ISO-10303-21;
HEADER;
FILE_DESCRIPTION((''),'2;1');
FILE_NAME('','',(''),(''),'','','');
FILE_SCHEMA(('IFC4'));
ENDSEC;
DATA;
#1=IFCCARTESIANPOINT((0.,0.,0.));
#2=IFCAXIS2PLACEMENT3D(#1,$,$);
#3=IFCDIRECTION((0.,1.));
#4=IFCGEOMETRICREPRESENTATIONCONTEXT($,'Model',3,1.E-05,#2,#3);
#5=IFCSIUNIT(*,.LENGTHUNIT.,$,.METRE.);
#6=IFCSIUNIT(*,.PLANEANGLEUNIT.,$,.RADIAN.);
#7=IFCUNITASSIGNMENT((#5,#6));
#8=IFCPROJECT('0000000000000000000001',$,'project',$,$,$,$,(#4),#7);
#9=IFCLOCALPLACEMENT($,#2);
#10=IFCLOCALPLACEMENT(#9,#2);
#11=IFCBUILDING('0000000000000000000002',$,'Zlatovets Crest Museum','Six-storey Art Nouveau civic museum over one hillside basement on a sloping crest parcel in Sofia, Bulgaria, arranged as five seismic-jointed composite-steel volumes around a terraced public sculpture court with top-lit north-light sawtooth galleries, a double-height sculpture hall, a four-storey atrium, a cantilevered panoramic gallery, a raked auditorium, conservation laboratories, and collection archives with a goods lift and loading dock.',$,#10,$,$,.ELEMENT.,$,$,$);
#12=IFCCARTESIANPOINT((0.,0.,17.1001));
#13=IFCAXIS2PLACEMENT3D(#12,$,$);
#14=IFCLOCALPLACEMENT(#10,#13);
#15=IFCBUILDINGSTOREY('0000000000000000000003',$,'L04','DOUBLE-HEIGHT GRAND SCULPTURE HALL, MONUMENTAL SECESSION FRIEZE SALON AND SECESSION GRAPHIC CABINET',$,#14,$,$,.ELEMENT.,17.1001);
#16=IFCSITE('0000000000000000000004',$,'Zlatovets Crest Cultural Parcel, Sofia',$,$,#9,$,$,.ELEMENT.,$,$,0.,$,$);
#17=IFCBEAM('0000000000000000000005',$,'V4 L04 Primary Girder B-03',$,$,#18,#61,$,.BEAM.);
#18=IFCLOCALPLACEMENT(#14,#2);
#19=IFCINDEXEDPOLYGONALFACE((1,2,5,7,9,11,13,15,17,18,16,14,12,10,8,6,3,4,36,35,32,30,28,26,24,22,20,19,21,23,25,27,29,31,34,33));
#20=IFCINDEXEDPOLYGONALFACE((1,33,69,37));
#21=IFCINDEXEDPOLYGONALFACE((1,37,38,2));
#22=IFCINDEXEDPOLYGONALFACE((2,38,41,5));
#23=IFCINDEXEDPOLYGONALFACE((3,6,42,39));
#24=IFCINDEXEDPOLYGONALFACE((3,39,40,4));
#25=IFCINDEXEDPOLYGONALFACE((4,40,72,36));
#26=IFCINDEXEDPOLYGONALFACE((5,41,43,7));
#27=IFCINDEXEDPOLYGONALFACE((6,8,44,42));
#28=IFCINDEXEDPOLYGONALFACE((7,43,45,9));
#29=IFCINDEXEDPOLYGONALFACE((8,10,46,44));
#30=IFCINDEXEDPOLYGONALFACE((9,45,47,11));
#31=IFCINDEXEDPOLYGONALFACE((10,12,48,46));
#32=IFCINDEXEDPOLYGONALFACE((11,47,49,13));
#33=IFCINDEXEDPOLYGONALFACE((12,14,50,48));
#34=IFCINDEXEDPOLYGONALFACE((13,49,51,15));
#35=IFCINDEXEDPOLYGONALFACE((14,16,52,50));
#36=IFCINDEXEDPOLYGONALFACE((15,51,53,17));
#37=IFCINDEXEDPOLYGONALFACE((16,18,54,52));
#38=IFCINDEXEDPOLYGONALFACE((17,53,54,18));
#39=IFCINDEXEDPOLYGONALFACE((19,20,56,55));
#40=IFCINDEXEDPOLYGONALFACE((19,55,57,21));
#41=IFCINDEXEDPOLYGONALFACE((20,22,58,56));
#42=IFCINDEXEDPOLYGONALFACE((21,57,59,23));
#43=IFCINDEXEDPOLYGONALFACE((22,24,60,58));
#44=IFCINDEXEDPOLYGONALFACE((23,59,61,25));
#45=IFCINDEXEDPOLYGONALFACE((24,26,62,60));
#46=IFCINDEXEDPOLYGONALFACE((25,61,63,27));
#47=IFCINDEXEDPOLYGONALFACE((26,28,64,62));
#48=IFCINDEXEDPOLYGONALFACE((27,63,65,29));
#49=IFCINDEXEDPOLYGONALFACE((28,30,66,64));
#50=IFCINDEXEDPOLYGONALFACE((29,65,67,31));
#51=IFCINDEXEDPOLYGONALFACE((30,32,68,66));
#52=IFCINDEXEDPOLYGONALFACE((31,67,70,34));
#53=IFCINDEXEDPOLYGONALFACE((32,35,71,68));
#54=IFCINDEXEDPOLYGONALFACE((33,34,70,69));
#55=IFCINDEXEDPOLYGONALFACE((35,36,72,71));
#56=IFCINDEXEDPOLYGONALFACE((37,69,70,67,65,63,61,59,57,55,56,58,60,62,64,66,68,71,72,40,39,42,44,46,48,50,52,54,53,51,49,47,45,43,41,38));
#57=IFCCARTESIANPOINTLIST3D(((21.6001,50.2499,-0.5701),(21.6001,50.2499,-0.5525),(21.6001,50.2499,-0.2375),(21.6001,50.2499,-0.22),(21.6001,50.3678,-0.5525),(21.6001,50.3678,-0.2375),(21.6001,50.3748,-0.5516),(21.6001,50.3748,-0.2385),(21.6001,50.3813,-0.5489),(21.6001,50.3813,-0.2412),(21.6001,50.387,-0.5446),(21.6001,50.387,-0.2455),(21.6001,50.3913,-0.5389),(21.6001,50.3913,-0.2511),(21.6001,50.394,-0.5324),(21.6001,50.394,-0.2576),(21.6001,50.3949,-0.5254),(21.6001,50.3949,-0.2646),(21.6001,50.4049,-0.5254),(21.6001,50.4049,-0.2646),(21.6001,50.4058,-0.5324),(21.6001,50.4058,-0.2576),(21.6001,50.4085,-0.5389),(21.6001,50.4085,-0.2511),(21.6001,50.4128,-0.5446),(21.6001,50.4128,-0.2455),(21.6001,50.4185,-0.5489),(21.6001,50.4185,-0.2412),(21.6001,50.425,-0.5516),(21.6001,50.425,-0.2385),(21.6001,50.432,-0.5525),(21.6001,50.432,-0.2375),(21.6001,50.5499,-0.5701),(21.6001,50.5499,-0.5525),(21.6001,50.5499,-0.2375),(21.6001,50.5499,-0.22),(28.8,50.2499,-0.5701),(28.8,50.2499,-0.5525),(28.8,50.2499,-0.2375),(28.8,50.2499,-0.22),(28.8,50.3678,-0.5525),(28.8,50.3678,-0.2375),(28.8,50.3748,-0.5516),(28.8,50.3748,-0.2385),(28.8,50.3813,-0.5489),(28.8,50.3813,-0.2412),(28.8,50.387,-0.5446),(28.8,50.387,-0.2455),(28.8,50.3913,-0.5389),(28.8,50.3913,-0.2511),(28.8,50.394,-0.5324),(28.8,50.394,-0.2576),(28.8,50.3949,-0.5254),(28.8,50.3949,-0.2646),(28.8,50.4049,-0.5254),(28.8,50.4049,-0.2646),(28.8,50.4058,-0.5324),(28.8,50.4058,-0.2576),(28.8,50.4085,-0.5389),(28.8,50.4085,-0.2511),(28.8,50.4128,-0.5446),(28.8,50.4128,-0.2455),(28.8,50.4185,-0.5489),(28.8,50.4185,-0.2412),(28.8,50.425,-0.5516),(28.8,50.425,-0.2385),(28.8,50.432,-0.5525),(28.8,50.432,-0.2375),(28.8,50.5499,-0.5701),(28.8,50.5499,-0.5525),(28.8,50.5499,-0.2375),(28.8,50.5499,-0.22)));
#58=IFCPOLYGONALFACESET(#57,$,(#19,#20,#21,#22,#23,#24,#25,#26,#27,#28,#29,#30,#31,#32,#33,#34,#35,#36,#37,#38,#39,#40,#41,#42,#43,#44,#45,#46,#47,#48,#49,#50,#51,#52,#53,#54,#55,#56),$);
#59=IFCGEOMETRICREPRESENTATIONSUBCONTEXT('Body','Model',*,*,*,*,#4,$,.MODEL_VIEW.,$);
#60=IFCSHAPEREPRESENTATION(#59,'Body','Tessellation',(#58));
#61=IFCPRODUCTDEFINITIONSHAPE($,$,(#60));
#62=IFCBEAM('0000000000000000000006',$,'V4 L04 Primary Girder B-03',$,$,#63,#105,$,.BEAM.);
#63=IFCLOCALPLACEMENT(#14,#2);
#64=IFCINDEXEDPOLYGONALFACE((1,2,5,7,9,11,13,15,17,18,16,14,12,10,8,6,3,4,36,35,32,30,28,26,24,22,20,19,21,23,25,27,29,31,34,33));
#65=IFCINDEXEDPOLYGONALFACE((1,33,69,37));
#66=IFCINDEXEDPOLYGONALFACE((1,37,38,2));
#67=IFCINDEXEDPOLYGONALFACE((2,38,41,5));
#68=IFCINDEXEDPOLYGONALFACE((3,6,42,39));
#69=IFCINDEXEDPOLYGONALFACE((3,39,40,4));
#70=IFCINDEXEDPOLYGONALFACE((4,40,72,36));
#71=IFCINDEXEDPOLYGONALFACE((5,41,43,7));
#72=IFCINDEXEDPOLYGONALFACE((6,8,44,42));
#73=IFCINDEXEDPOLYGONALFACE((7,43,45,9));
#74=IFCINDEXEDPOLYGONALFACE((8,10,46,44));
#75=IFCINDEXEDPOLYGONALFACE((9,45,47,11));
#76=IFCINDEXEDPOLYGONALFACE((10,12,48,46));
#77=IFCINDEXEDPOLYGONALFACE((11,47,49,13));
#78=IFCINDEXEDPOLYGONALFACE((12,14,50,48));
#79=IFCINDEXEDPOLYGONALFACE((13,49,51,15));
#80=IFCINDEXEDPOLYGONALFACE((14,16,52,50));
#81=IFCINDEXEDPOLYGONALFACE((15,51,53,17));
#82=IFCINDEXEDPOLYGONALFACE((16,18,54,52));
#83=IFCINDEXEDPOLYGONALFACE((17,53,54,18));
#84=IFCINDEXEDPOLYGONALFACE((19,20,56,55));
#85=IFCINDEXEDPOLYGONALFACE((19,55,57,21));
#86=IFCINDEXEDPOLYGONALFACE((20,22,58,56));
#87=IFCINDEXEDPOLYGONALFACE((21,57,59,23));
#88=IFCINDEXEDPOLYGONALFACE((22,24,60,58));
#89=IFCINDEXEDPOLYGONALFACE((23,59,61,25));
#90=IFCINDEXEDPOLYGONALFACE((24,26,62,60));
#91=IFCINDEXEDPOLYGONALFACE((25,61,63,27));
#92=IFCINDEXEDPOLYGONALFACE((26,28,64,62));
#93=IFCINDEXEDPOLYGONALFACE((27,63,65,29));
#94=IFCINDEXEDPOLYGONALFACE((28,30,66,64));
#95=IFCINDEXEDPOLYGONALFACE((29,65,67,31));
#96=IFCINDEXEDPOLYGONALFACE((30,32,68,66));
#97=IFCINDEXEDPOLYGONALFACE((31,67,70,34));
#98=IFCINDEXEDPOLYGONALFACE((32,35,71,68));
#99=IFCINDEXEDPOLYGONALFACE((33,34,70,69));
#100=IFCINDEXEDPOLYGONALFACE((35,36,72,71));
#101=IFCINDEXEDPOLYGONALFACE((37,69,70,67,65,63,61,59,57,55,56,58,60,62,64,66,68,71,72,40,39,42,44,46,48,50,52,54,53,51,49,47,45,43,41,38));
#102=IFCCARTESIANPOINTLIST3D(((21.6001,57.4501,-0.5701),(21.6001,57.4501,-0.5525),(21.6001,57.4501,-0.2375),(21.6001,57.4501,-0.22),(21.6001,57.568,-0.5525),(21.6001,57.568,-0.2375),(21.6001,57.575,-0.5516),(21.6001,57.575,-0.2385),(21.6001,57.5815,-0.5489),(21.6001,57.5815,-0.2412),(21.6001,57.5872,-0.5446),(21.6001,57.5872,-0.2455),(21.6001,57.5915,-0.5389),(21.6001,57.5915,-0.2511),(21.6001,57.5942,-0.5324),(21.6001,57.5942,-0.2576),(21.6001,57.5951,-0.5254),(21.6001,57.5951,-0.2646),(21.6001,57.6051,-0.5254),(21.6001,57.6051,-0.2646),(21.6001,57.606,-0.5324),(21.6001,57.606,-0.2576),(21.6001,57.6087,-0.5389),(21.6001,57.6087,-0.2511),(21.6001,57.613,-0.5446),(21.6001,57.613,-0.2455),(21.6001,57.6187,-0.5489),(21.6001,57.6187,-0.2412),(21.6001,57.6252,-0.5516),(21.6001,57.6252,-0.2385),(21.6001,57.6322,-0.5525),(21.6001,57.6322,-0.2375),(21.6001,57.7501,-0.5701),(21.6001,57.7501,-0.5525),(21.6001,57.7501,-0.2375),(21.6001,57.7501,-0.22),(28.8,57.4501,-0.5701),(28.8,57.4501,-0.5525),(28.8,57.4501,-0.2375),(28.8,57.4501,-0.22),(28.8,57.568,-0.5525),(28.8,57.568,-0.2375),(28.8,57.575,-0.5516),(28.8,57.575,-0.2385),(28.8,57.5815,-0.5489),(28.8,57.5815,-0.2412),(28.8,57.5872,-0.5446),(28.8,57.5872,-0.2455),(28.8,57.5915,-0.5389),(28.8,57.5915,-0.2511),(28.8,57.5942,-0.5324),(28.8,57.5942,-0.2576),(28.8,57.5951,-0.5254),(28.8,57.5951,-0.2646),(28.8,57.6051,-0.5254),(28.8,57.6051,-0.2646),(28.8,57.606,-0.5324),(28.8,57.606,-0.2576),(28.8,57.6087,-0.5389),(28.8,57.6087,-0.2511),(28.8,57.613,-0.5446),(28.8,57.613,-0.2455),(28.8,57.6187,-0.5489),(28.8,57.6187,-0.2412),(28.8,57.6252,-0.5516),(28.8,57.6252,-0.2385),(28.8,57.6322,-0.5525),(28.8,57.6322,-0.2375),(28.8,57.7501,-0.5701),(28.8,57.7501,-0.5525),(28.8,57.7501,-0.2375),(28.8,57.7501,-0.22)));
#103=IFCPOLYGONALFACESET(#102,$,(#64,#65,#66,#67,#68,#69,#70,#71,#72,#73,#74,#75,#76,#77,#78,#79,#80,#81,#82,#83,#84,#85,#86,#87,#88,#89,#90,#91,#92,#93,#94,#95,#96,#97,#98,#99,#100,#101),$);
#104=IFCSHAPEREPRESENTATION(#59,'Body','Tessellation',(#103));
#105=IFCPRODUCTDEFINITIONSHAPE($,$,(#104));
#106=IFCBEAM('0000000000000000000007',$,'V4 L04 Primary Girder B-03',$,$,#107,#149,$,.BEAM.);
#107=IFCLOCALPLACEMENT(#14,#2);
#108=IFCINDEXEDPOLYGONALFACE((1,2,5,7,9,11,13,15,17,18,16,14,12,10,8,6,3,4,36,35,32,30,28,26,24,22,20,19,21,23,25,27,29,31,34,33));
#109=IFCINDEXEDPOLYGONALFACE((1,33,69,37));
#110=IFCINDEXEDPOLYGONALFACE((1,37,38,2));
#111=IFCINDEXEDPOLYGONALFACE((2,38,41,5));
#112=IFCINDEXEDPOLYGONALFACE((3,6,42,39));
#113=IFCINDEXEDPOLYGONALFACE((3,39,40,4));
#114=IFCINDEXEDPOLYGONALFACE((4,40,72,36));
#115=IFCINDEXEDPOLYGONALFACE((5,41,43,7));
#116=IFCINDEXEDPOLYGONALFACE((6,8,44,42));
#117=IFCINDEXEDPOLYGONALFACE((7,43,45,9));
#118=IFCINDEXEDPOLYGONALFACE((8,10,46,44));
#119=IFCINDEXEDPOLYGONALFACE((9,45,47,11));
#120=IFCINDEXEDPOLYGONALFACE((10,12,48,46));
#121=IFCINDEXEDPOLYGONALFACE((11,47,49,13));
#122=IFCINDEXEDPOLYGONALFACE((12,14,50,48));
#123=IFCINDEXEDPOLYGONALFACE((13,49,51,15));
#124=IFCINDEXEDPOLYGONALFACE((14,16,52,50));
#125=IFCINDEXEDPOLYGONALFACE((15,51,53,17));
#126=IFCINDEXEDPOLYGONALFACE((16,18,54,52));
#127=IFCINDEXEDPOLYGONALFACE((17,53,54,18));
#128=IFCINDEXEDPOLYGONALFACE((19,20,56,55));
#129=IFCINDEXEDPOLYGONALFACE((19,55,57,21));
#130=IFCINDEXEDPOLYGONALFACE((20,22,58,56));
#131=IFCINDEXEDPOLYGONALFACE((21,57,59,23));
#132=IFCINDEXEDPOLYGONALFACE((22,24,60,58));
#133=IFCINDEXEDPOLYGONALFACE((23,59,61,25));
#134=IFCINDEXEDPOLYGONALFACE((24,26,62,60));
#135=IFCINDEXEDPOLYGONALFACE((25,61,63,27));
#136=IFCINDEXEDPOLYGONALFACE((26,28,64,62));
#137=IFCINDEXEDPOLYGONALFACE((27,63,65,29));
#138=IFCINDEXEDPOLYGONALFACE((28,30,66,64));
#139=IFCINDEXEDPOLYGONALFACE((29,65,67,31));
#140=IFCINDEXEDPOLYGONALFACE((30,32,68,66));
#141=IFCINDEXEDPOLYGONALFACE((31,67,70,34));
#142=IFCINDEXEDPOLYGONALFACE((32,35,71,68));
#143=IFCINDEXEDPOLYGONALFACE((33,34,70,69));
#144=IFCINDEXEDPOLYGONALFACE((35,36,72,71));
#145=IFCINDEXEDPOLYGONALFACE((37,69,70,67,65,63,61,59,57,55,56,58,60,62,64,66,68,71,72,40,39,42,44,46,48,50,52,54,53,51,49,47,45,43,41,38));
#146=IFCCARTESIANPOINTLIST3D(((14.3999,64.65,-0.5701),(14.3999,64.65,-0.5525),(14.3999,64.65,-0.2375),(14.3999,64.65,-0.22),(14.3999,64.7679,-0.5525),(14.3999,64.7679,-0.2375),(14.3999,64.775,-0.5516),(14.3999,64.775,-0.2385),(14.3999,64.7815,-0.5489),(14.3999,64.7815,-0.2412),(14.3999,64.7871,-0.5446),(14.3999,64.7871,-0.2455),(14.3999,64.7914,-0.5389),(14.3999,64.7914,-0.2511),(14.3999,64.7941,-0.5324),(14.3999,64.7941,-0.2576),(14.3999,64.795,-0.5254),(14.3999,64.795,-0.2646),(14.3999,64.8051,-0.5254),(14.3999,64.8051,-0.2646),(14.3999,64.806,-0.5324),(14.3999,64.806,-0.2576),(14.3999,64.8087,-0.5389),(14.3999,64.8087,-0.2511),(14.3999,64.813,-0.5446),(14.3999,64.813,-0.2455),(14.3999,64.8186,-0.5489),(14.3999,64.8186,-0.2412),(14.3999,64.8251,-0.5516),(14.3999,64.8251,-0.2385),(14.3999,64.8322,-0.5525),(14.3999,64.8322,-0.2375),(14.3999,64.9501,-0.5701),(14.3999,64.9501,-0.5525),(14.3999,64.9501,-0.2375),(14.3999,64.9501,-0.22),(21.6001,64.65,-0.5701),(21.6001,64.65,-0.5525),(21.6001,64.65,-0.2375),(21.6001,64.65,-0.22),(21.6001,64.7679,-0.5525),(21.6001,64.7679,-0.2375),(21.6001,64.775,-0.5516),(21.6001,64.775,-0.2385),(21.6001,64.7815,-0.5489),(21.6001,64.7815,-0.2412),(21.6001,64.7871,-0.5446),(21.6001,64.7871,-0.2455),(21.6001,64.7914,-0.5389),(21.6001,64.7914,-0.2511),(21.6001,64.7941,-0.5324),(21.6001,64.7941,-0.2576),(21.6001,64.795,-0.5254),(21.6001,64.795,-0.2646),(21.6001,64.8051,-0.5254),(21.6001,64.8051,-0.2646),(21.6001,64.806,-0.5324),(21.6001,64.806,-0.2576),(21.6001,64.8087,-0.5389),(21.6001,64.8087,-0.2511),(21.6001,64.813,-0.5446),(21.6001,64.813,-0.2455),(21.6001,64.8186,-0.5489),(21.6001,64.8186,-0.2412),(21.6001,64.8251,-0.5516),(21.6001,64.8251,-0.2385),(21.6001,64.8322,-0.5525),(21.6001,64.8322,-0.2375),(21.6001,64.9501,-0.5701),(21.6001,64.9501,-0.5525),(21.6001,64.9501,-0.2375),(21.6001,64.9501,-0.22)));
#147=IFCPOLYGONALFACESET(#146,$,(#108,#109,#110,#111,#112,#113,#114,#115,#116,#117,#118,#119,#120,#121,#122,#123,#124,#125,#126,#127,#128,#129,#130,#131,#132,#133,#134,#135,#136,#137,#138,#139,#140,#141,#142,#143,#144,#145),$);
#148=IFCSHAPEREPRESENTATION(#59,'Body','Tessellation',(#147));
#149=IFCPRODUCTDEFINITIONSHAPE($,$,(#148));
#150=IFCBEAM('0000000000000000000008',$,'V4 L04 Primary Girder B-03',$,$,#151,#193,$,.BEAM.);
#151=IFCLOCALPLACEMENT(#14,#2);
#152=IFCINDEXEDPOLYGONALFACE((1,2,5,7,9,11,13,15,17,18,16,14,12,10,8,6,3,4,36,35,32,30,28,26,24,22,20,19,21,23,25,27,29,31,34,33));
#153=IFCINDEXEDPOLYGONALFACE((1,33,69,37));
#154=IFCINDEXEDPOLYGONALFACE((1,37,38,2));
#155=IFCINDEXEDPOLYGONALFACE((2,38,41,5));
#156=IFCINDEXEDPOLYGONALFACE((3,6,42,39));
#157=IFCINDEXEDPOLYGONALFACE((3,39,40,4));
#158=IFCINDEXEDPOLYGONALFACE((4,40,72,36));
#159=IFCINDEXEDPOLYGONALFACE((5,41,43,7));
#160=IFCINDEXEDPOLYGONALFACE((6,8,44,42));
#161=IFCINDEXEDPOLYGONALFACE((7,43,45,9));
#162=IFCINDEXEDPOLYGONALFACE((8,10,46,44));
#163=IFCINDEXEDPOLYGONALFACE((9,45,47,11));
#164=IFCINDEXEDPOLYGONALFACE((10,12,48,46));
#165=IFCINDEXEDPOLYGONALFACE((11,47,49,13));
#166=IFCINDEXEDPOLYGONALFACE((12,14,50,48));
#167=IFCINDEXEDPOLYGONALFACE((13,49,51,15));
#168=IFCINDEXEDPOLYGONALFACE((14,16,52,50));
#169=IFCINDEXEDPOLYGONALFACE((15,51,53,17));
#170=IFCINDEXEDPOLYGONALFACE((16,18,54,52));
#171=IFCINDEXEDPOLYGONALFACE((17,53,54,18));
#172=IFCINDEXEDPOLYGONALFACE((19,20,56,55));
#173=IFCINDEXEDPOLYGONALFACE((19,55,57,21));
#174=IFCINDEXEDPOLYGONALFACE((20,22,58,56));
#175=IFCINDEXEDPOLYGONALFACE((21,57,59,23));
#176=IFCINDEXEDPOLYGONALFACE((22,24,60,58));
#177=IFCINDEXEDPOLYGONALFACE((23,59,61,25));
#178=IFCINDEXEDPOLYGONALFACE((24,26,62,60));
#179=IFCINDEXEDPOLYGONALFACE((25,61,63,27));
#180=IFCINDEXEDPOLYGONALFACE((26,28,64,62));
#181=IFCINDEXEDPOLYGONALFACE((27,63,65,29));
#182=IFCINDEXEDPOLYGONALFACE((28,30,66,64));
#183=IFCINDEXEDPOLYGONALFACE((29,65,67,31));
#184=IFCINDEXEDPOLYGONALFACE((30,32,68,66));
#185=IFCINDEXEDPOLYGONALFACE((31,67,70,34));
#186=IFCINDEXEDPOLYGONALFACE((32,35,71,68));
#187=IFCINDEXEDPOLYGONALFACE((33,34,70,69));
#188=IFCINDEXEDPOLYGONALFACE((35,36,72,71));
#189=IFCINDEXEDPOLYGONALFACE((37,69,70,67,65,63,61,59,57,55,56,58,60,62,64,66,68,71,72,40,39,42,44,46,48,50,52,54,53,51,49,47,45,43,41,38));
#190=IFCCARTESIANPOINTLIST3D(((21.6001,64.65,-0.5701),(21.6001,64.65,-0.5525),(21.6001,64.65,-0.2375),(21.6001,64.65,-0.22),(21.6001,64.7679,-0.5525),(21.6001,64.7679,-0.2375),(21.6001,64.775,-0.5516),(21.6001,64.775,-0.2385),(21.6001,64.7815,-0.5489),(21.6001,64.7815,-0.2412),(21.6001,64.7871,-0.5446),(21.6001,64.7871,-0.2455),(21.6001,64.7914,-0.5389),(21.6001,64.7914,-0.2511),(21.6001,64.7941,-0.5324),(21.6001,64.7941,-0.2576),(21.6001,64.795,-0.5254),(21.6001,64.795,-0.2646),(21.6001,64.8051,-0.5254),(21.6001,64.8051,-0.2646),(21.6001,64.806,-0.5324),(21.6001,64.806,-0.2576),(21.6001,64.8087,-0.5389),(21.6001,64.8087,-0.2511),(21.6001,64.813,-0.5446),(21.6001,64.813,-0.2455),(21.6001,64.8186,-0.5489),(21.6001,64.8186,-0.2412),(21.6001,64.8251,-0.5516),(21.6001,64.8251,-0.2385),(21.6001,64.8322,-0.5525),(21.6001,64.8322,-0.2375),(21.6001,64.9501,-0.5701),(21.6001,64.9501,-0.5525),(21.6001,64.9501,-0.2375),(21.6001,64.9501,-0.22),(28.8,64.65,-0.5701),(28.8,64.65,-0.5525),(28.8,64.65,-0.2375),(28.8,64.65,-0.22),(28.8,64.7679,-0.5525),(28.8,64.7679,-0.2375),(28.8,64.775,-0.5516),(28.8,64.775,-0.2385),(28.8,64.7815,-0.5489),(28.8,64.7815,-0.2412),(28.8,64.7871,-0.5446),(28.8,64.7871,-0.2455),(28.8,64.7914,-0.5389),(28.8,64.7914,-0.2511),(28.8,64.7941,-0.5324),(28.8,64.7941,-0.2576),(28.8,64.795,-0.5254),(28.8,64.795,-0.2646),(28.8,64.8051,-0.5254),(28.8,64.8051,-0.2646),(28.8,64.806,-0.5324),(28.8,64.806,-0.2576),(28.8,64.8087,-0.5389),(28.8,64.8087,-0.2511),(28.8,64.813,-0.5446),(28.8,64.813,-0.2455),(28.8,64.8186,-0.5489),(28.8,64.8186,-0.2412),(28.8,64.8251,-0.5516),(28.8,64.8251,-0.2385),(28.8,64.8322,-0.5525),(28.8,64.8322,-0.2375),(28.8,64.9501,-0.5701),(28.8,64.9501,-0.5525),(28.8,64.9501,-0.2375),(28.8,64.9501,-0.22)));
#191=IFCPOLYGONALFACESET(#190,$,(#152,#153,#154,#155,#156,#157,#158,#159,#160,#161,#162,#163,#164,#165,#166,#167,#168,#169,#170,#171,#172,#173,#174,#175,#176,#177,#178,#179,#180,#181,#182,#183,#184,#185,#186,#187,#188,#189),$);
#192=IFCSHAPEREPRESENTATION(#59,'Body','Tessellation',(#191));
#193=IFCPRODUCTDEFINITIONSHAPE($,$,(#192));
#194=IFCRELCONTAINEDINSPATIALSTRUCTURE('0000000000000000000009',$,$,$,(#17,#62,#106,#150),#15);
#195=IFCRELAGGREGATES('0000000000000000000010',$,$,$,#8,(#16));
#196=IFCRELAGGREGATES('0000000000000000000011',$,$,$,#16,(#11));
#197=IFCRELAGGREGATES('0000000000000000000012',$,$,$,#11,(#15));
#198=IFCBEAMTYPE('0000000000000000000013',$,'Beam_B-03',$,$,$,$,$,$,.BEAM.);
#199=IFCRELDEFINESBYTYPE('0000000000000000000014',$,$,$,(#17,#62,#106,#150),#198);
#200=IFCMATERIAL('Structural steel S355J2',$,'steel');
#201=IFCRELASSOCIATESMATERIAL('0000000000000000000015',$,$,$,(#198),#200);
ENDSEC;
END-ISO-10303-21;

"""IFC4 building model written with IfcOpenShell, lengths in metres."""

from ifc_helpers import new_model, si_unit, direction, frame, origin, origin_2d, place, context, subcontext, project, spatial, i_section, extrude, material, material_profile, profile_set, type_object, element, save


model = new_model("IFC4")

# Units and contexts
model_context = context("Model", 3, precision=1e-05, world=origin(), true_north=direction((0.0, 1.0)))
body_context = subcontext(model_context, "Body", "Model", "MODEL_VIEW")
ifc_project = project(units=[si_unit("LENGTHUNIT", "METRE"), si_unit("PLANEANGLEUNIT", "RADIAN")], contexts=[model_context])

# Site, building, storey
site_placement = place(None, origin())
site = spatial("IfcSite", under=ifc_project, at=site_placement, Name="Zlatovets Crest Cultural Parcel, Sofia", CompositionType="ELEMENT", RefElevation=0.0)
building_placement = place(site_placement, origin())
building = spatial("IfcBuilding", under=site, at=building_placement, Name="Zlatovets Crest Museum", Description="Six-storey Art Nouveau civic museum over one hillside basement on a sloping crest parcel in Sofia, Bulgaria, arranged as five seismic-jointed composite-steel volumes around a terraced public sculpture court with top-lit north-light sawtooth galleries, a double-height sculpture hall, a four-storey atrium, a cantilevered panoramic gallery, a raked auditorium, conservation laboratories, and collection archives with a goods lift and loading dock.", CompositionType="ELEMENT")
storey_placement = place(building_placement, frame((0.0, 0.0, 17.1001)))
storey = spatial("IfcBuildingStorey", under=building, at=storey_placement, Name="L04", Description="DOUBLE-HEIGHT GRAND SCULPTURE HALL, MONUMENTAL SECESSION FRIEZE SALON AND SECESSION GRAPHIC CABINET", CompositionType="ELEMENT", Elevation=17.1001)

# Beams
ifc_material_1 = material(Name="Structural steel S355J2", Category="steel")
ifc_material_profile_1 = material_profile(ifc_material_1, i_section(OverallWidth=0.3, OverallDepth=0.3501, WebThickness=0.01, FlangeThickness=0.0176, FilletRadius=0.0271, at=origin_2d()), Name="HEA 360")
ifc_profile_set_1 = profile_set([ifc_material_profile_1], Name="Structural steel S355J2")
beam_type_1 = type_object("IfcBeamType", Name="Beam_B-03", PredefinedType="BEAM", material=ifc_profile_set_1)
for number, where, z_axis, x_axis, name in (
    (1, (21.6001, 50.3999, -0.395), (1.0, 0.0, 0.0), (0.0, 1.0, 0.0), "V4 L04 Primary Girder B-03"),
    (2, (21.6001, 57.6001, -0.395), (1.0, 0.0, 0.0), (0.0, 1.0, 0.0), "V4 L04 Primary Girder B-03"),
):
    element("IfcBeam", number, at=place(storey_placement, frame(where, z_axis=z_axis, x_axis=x_axis)), inside=storey, type_object=beam_type_1, Name=name, PredefinedType="BEAM", context=body_context, shape_type="SweptSolid", body=[
        extrude(i_section(OverallWidth=0.3, OverallDepth=0.3501, WebThickness=0.01, FlangeThickness=0.0176, FilletRadius=0.0271, at=origin_2d()), origin(), (0.0, 0.0, 1.0), 7.2),
    ])
beam_1_placement = place(storey_placement, frame((14.3999, 64.8, -0.395), z_axis=(1.0, 0.0, 0.0), x_axis=(0.0, 1.0, 0.0)))
element("IfcBeam", 3, at=beam_1_placement, inside=storey, type_object=beam_type_1, Name="V4 L04 Primary Girder B-03", PredefinedType="BEAM", context=body_context, shape_type="SweptSolid", body=[
    extrude(i_section(OverallWidth=0.3, OverallDepth=0.3501, WebThickness=0.01, FlangeThickness=0.0176, FilletRadius=0.0271, at=origin_2d()), origin(), (0.0, 0.0, 1.0), 7.2002),
])
beam_2_placement = place(storey_placement, frame((21.6001, 64.8, -0.395), z_axis=(1.0, 0.0, 0.0), x_axis=(0.0, 1.0, 0.0)))
element("IfcBeam", 4, at=beam_2_placement, inside=storey, type_object=beam_type_1, Name="V4 L04 Primary Girder B-03", PredefinedType="BEAM", context=body_context, shape_type="SweptSolid", body=[
    extrude(i_section(OverallWidth=0.3, OverallDepth=0.3501, WebThickness=0.01, FlangeThickness=0.0176, FilletRadius=0.0271, at=origin_2d()), origin(), (0.0, 0.0, 1.0), 7.2),
])

save(model, "model.ifc")
